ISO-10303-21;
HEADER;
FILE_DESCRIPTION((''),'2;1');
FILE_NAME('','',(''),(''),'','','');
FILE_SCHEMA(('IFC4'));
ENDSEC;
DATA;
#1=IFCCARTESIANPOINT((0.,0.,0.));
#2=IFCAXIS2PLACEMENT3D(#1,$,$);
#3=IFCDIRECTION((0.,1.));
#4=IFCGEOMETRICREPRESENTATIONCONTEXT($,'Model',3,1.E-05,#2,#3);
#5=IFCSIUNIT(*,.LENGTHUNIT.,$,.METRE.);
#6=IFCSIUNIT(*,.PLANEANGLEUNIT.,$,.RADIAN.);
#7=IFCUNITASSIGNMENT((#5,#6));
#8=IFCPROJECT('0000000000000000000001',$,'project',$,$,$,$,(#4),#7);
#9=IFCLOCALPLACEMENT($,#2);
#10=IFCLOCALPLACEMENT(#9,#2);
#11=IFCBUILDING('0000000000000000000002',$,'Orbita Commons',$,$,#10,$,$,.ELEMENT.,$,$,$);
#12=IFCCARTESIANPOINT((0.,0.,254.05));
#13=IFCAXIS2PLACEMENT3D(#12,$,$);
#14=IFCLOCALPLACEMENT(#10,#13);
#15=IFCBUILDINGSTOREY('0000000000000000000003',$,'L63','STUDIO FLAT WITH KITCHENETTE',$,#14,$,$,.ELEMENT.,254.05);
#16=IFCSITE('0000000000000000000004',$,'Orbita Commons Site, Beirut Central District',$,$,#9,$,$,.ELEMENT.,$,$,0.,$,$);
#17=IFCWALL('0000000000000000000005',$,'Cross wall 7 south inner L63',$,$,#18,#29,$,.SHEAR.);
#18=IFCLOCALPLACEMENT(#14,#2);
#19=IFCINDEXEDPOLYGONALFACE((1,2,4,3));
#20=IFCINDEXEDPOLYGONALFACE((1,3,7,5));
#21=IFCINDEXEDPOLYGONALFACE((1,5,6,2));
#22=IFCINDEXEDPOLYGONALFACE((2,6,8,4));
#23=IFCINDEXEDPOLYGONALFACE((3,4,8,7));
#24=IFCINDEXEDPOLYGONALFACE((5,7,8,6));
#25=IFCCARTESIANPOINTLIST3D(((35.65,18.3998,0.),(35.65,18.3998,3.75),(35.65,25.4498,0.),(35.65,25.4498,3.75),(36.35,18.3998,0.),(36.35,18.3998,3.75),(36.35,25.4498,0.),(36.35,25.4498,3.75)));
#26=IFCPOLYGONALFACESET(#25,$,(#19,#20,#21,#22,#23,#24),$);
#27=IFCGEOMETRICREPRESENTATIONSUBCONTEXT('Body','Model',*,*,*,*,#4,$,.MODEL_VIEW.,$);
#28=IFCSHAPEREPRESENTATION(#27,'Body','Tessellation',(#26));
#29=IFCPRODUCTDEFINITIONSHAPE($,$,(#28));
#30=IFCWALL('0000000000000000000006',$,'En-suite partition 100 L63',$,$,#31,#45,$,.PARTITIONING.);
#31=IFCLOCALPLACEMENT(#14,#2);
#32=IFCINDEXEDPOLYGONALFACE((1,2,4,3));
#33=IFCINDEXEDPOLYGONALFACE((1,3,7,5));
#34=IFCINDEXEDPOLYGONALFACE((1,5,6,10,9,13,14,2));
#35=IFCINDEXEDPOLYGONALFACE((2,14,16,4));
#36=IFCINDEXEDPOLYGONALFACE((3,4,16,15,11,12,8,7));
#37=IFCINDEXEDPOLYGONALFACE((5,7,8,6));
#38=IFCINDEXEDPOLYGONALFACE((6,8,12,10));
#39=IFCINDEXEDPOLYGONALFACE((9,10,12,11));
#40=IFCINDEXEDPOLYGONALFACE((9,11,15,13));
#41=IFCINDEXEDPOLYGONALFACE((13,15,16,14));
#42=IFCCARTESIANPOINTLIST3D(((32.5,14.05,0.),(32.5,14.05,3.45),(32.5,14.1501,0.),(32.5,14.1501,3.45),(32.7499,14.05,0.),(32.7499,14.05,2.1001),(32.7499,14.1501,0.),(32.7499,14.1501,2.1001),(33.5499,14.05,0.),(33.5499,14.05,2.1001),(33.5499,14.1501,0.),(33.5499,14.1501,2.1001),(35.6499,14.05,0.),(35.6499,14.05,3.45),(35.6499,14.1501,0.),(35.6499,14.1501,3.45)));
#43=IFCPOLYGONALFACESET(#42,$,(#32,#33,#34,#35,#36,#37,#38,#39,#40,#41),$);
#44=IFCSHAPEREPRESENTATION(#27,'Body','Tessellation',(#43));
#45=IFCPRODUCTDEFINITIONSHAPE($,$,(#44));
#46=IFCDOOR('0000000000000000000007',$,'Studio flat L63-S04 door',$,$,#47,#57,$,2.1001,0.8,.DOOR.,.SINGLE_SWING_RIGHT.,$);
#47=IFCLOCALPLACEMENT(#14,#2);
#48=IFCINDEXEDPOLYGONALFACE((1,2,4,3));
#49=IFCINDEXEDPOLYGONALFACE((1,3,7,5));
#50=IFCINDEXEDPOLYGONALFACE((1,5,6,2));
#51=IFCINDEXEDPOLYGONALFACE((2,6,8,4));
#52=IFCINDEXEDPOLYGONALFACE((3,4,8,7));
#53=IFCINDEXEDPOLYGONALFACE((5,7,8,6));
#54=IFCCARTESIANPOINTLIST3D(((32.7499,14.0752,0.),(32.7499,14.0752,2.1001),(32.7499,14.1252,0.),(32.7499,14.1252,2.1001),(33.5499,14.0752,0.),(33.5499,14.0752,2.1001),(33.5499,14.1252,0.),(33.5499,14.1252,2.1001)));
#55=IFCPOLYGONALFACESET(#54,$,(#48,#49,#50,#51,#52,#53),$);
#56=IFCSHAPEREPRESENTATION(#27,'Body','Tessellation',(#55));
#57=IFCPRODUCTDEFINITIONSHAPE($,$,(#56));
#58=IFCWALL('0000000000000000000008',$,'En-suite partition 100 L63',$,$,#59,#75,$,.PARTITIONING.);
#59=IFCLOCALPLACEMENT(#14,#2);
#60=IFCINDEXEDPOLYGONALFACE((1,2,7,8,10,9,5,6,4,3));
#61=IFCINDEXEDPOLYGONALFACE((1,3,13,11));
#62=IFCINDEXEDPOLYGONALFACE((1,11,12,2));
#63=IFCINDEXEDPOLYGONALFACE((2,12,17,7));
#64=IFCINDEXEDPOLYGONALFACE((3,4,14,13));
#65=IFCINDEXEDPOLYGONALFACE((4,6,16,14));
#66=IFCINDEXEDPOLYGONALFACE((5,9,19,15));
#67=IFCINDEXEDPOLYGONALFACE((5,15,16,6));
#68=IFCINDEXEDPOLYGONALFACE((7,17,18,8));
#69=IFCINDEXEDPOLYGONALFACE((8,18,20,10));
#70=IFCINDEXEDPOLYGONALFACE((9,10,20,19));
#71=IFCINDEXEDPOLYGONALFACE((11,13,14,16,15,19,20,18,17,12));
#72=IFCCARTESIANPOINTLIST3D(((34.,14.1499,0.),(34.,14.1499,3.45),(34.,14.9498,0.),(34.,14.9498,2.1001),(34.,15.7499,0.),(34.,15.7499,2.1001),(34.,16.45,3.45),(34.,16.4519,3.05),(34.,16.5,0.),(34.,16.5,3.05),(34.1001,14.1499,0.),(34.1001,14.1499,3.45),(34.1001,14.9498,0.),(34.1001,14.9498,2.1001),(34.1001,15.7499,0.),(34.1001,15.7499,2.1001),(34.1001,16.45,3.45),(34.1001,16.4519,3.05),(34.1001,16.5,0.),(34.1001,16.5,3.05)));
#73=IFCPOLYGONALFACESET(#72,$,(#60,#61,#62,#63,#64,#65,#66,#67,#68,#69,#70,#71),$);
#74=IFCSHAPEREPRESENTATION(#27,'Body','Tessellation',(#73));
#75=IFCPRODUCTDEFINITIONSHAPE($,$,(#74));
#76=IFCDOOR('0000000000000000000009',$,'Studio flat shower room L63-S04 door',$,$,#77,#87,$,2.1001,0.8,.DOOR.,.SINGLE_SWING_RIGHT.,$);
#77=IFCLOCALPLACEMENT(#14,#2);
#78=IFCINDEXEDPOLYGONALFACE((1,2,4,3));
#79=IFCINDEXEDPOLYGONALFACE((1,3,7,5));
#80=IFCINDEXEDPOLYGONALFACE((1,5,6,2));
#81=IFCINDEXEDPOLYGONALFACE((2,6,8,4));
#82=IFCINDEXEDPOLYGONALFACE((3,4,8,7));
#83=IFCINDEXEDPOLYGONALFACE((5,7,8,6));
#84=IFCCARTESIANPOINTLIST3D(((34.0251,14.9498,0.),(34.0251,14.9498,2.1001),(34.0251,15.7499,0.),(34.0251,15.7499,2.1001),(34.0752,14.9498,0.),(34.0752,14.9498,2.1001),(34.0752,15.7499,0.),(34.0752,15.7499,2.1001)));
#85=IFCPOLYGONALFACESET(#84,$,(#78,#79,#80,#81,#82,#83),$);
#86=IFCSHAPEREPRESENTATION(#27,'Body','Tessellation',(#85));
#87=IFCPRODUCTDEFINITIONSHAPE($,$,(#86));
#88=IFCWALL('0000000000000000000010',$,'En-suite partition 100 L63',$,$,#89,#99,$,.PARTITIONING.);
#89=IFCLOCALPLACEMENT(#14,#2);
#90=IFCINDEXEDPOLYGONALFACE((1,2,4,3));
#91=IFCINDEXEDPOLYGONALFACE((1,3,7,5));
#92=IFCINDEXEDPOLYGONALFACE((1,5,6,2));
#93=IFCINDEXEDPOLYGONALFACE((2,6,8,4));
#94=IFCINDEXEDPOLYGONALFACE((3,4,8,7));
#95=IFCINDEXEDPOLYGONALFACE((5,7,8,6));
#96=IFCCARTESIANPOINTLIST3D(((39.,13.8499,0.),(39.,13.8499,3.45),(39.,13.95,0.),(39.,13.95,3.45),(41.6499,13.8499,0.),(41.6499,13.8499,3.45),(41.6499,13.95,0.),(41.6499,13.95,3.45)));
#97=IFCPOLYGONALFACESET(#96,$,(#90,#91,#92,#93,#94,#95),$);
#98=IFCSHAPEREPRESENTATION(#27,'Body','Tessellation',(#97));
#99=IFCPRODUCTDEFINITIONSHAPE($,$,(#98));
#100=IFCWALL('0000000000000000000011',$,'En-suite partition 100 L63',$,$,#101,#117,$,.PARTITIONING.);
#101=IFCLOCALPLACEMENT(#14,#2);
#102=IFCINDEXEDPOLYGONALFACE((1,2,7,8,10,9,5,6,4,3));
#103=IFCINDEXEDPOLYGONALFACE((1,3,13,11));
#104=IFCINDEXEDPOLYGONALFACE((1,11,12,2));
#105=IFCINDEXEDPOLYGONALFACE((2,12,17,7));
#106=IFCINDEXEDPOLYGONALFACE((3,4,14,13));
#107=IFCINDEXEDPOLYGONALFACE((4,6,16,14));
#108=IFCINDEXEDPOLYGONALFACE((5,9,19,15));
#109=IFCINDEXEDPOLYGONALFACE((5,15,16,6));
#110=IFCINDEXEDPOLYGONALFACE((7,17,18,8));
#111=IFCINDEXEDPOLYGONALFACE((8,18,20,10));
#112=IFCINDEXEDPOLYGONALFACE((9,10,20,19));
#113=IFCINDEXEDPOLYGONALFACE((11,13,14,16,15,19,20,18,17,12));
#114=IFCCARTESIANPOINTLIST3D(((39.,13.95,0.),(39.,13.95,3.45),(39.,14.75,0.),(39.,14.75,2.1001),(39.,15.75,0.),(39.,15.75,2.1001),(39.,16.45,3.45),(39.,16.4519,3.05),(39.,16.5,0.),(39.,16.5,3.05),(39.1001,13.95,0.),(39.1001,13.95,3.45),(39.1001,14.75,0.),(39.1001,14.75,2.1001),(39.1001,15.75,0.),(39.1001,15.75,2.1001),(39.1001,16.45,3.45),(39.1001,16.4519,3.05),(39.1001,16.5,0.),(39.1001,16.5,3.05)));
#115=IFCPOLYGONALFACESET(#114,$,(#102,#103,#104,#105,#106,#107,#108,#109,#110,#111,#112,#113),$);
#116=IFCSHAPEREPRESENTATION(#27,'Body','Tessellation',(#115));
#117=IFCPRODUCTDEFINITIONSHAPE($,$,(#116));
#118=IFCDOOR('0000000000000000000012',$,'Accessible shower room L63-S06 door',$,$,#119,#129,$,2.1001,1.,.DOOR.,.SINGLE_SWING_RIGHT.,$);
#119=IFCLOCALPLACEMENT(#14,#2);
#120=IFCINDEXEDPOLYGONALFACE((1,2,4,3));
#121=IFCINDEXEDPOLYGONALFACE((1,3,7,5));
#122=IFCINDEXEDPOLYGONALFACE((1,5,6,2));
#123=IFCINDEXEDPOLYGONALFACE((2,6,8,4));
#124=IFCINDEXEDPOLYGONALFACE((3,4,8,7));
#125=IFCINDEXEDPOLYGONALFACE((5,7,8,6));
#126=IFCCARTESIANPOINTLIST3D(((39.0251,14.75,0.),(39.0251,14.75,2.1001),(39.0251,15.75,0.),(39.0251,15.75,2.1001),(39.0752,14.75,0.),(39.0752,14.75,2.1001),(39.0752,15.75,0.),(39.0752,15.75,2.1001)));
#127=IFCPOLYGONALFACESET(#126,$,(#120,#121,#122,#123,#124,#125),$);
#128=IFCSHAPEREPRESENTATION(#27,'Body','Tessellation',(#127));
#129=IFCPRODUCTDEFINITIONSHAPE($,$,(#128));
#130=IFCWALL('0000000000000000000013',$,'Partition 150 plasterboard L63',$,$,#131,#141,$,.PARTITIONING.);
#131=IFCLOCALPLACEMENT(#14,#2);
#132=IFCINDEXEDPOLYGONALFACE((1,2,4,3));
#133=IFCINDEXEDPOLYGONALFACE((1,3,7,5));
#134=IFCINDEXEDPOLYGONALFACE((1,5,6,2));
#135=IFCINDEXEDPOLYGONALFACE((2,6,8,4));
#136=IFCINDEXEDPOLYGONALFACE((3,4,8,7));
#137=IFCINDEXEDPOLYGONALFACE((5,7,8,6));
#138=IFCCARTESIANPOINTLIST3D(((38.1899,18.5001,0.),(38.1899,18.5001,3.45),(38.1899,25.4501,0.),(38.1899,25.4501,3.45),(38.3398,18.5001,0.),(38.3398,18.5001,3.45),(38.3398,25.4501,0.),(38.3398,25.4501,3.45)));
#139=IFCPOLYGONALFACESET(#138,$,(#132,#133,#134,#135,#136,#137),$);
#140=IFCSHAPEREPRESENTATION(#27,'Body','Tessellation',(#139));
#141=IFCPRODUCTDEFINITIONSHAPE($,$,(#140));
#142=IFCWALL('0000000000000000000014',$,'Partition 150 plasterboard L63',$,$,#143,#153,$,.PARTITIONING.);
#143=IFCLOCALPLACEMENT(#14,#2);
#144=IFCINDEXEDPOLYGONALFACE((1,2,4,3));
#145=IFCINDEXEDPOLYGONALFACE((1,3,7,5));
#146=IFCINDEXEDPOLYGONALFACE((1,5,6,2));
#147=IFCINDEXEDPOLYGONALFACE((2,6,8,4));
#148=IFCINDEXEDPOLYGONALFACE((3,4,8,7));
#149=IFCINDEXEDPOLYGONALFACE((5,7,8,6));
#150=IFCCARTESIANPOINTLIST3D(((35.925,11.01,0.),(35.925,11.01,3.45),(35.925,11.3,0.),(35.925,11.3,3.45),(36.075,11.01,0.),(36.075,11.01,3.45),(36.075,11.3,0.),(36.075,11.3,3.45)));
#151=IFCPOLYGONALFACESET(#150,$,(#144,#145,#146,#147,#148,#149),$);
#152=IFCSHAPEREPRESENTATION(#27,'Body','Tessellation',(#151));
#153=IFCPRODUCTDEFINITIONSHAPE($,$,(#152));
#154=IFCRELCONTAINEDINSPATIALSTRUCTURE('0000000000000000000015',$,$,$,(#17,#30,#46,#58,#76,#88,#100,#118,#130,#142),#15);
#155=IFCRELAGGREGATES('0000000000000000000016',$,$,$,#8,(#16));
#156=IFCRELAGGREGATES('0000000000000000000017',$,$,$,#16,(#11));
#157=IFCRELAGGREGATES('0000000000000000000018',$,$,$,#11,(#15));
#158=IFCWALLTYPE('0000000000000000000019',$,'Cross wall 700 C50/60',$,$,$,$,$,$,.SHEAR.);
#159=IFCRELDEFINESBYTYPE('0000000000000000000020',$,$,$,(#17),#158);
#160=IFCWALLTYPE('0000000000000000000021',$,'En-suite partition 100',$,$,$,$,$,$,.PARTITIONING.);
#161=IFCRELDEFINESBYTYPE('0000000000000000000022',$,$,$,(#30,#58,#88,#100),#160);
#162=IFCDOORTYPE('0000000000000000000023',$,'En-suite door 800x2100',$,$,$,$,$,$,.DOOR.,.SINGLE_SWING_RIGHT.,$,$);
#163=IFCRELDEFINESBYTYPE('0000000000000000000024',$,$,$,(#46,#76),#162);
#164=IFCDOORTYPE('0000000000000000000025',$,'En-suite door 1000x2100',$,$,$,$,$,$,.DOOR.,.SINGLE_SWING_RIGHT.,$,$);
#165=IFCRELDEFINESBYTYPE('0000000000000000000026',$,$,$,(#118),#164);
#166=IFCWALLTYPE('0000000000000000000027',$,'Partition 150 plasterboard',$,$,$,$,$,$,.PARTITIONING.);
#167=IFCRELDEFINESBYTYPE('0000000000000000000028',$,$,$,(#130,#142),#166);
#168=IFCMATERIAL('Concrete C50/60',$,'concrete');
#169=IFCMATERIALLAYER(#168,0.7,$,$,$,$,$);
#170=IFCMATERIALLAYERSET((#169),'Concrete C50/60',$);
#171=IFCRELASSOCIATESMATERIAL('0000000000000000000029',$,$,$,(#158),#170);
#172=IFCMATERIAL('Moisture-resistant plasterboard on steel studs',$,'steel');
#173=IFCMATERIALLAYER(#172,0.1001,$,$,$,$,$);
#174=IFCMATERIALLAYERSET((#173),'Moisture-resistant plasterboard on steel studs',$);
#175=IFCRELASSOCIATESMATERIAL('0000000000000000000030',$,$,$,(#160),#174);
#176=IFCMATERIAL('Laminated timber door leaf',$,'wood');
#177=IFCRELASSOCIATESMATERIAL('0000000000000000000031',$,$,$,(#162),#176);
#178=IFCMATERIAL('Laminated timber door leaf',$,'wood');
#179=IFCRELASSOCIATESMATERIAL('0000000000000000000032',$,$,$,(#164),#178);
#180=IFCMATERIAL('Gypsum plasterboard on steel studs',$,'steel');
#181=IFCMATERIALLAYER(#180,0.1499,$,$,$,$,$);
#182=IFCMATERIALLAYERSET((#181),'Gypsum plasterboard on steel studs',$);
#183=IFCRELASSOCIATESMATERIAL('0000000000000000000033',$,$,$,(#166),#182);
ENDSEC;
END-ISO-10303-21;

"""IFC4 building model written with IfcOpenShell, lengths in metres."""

from ifc_helpers import new_model, si_unit, direction, frame, frame_2d, origin, place, context, subcontext, project, spatial, polyline, rectangle, outline, extrude, material, layer, layer_set, type_object, element, fill, save


model = new_model("IFC4")

# Units and contexts
model_context = context("Model", 3, precision=1e-05, world=origin(), true_north=direction((0.0, 1.0)))
body_context = subcontext(model_context, "Body", "Model", "MODEL_VIEW")
ifc_project = project(units=[si_unit("LENGTHUNIT", "METRE"), si_unit("PLANEANGLEUNIT", "RADIAN")], contexts=[model_context])

# Site, building, storey
site_placement = place(None, origin())
site = spatial("IfcSite", under=ifc_project, at=site_placement, Name="Orbita Commons Site, Beirut Central District", CompositionType="ELEMENT", RefElevation=0.0)
building_placement = place(site_placement, origin())
building = spatial("IfcBuilding", under=site, at=building_placement, Name="Orbita Commons", CompositionType="ELEMENT")
storey_placement = place(building_placement, frame((0.0, 0.0, 254.05)))
storey = spatial("IfcBuildingStorey", under=building, at=storey_placement, Name="L63", Description="STUDIO FLAT WITH KITCHENETTE", CompositionType="ELEMENT", Elevation=254.05)

# Wall
ifc_material_1 = material(Name="Concrete C50/60", Category="concrete")
ifc_layer_1 = layer(ifc_material_1, 0.7)
ifc_layer_set_1 = layer_set([ifc_layer_1], Name="Concrete C50/60")
wall_type_1 = type_object("IfcWallType", Name="Cross wall 700 C50/60", PredefinedType="SHEAR", material=ifc_layer_set_1)
wall_1_placement = place(storey_placement, frame((36.0, 18.3999, 0.0), z_axis=(0.0, 0.0, 1.0), x_axis=(0.0, 1.0, 0.0)))
element("IfcWall", 1, at=wall_1_placement, inside=storey, type_object=wall_type_1, Name="Cross wall 7 south inner L63", PredefinedType="SHEAR", context=body_context, shape_type="SweptSolid", body=[
    extrude(rectangle(XDim=7.05, YDim=0.7, at=frame_2d((3.5249, 0.0))), origin(), (0.0, 0.0, 1.0), 3.75),
])

# Walls, openings, doors
ifc_material_2 = material(Name="Moisture-resistant plasterboard on steel studs", Category="steel")
ifc_layer_2 = layer(ifc_material_2, 0.1001)
ifc_layer_set_2 = layer_set([ifc_layer_2], Name="Moisture-resistant plasterboard on steel studs")
wall_type_2 = type_object("IfcWallType", Name="En-suite partition 100", PredefinedType="PARTITIONING", material=ifc_layer_set_2)
wall_2_placement = place(storey_placement, frame((35.6499, 14.1001, 0.0), z_axis=(0.0, 0.0, 1.0), x_axis=(-1.0, 0.0, 0.0)))
wall_2 = element("IfcWall", 2, at=wall_2_placement, inside=storey, type_object=wall_type_2, Name="En-suite partition 100 L63", PredefinedType="PARTITIONING", context=body_context, shape_type="SweptSolid", body=[
    extrude(rectangle(XDim=3.1499, YDim=0.1001, at=frame_2d((1.575, 0.0))), origin(), (0.0, 0.0, 1.0), 3.45),
])
opening_1_placement = place(wall_2_placement, frame((2.1001, 0.0, 0.0)))
opening_1 = element("IfcOpeningElement", 3, at=opening_1_placement, cuts=wall_2, PredefinedType="OPENING", context=body_context, shape_type="SweptSolid", body=[
    extrude(rectangle(XDim=0.8, YDim=2.1001, at=frame_2d((0.3999, 1.05))), frame((0.0, 0.0601, 0.0), z_axis=(0.0, -1.0, 0.0), x_axis=(1.0, 0.0, 0.0)), (0.0, 0.0, 1.0), 0.1201),
])
ifc_material_3 = material(Name="Laminated timber door leaf", Category="wood")
door_type_1 = type_object("IfcDoorType", Name="En-suite door 800x2100", OperationType="SINGLE_SWING_RIGHT", PredefinedType="DOOR", material=ifc_material_3)
door_1_placement = place(opening_1_placement, origin())
door_1 = element("IfcDoor", 4, at=door_1_placement, inside=storey, type_object=door_type_1, Name="Studio flat L63-S04 door", OperationType="SINGLE_SWING_RIGHT", OverallHeight=2.1001, OverallWidth=0.8, PredefinedType="DOOR", context=body_context, shape_type="SweptSolid", body=[
    extrude(rectangle(XDim=0.8, YDim=2.1001, at=frame_2d((0.3999, 1.05))), frame((0.0, 0.0249, 0.0), z_axis=(0.0, -1.0, 0.0), x_axis=(1.0, 0.0, 0.0)), (0.0, 0.0, 1.0), 0.05),
])
fill(opening_1, door_1)
wall_3_placement = place(storey_placement, frame((34.05, 14.1499, 0.0), z_axis=(0.0, 0.0, 1.0), x_axis=(0.0, 1.0, 0.0)))
wall_3 = element("IfcWall", 5, at=wall_3_placement, inside=storey, type_object=wall_type_2, Name="En-suite partition 100 L63", PredefinedType="PARTITIONING", context=body_context, shape_type="SweptSolid", body=[
    extrude(outline(polyline([(0.0, 0.0), (2.3501, 0.0), (2.3501, 3.05), (2.302, 3.05), (2.3, 3.45), (0.0, 3.45), (0.0, 0.0)])), frame((0.0, 0.05, 0.0), z_axis=(0.0, -1.0, 0.0), x_axis=(1.0, 0.0, 0.0)), (0.0, 0.0, 1.0), 0.1001),
])
opening_2_placement = place(wall_3_placement, frame((0.8, 0.0, 0.0)))
opening_2 = element("IfcOpeningElement", 6, at=opening_2_placement, cuts=wall_3, PredefinedType="OPENING", context=body_context, shape_type="SweptSolid", body=[
    extrude(rectangle(XDim=0.8, YDim=2.1001, at=frame_2d((0.3999, 1.05))), frame((0.0, 0.0601, 0.0), z_axis=(0.0, -1.0, 0.0), x_axis=(1.0, 0.0, 0.0)), (0.0, 0.0, 1.0), 0.1201),
])
door_2_placement = place(opening_2_placement, origin())
door_2 = element("IfcDoor", 7, at=door_2_placement, inside=storey, type_object=door_type_1, Name="Studio flat shower room L63-S04 door", OperationType="SINGLE_SWING_RIGHT", OverallHeight=2.1001, OverallWidth=0.8, PredefinedType="DOOR", context=body_context, shape_type="SweptSolid", body=[
    extrude(rectangle(XDim=0.8, YDim=2.1001, at=frame_2d((0.3999, 1.05))), frame((0.0, 0.0249, 0.0), z_axis=(0.0, -1.0, 0.0), x_axis=(1.0, 0.0, 0.0)), (0.0, 0.0, 1.0), 0.05),
])
fill(opening_2, door_2)

# Wall
wall_4_placement = place(storey_placement, frame((39.0, 13.8999, 0.0), z_axis=(0.0, 0.0, 1.0), x_axis=(1.0, 0.0, 0.0)))
element("IfcWall", 8, at=wall_4_placement, inside=storey, type_object=wall_type_2, Name="En-suite partition 100 L63", PredefinedType="PARTITIONING", context=body_context, shape_type="SweptSolid", body=[
    extrude(rectangle(XDim=2.6499, YDim=0.1001, at=frame_2d((1.325, 0.0))), origin(), (0.0, 0.0, 1.0), 3.45),
])

# Wall, opening, door
wall_5_placement = place(storey_placement, frame((39.05, 13.95, 0.0), z_axis=(0.0, 0.0, 1.0), x_axis=(0.0, 1.0, 0.0)))
wall_5 = element("IfcWall", 9, at=wall_5_placement, inside=storey, type_object=wall_type_2, Name="En-suite partition 100 L63", PredefinedType="PARTITIONING", context=body_context, shape_type="SweptSolid", body=[
    extrude(outline(polyline([(0.0, 0.0), (2.55, 0.0), (2.55, 3.05), (2.502, 3.05), (2.5, 3.45), (0.0, 3.45), (0.0, 0.0)])), frame((0.0, 0.05, 0.0), z_axis=(0.0, -1.0, 0.0), x_axis=(1.0, 0.0, 0.0)), (0.0, 0.0, 1.0), 0.1001),
])
opening_3_placement = place(wall_5_placement, frame((0.8, 0.0, 0.0)))
opening_3 = element("IfcOpeningElement", 10, at=opening_3_placement, cuts=wall_5, PredefinedType="OPENING", context=body_context, shape_type="SweptSolid", body=[
    extrude(rectangle(XDim=1.0, YDim=2.1001, at=frame_2d((0.5, 1.05))), frame((0.0, 0.0601, 0.0), z_axis=(0.0, -1.0, 0.0), x_axis=(1.0, 0.0, 0.0)), (0.0, 0.0, 1.0), 0.1201),
])
ifc_material_4 = material(Name="Laminated timber door leaf", Category="wood")
door_type_2 = type_object("IfcDoorType", Name="En-suite door 1000x2100", OperationType="SINGLE_SWING_RIGHT", PredefinedType="DOOR", material=ifc_material_4)
door_3_placement = place(opening_3_placement, origin())
door_3 = element("IfcDoor", 11, at=door_3_placement, inside=storey, type_object=door_type_2, Name="Accessible shower room L63-S06 door", OperationType="SINGLE_SWING_RIGHT", OverallHeight=2.1001, OverallWidth=1.0, PredefinedType="DOOR", context=body_context, shape_type="SweptSolid", body=[
    extrude(rectangle(XDim=1.0, YDim=2.1001, at=frame_2d((0.5, 1.05))), frame((0.0, 0.0249, 0.0), z_axis=(0.0, -1.0, 0.0), x_axis=(1.0, 0.0, 0.0)), (0.0, 0.0, 1.0), 0.05),
])
fill(opening_3, door_3)

# Walls
ifc_material_5 = material(Name="Gypsum plasterboard on steel studs", Category="steel")
ifc_layer_3 = layer(ifc_material_5, 0.1499)
ifc_layer_set_3 = layer_set([ifc_layer_3], Name="Gypsum plasterboard on steel studs")
wall_type_3 = type_object("IfcWallType", Name="Partition 150 plasterboard", PredefinedType="PARTITIONING", material=ifc_layer_set_3)
wall_6_placement = place(storey_placement, frame((38.2649, 18.5, 0.0), z_axis=(0.0, 0.0, 1.0), x_axis=(0.0, 1.0, 0.0)))
element("IfcWall", 12, at=wall_6_placement, inside=storey, type_object=wall_type_3, Name="Partition 150 plasterboard L63", PredefinedType="PARTITIONING", context=body_context, shape_type="SweptSolid", body=[
    extrude(rectangle(XDim=6.95, YDim=0.1499, at=frame_2d((3.4751, 0.0))), origin(), (0.0, 0.0, 1.0), 3.45),
])
wall_7_placement = place(storey_placement, frame((36.0, 11.3, 0.0), z_axis=(0.0, 0.0, 1.0), x_axis=(0.0, -1.0, 0.0)))
element("IfcWall", 13, at=wall_7_placement, inside=storey, type_object=wall_type_3, Name="Partition 150 plasterboard L63", PredefinedType="PARTITIONING", context=body_context, shape_type="SweptSolid", body=[
    extrude(rectangle(XDim=0.29, YDim=0.1499, at=frame_2d((0.145, 0.0))), origin(), (0.0, 0.0, 1.0), 3.45),
])

save(model, "model.ifc")
